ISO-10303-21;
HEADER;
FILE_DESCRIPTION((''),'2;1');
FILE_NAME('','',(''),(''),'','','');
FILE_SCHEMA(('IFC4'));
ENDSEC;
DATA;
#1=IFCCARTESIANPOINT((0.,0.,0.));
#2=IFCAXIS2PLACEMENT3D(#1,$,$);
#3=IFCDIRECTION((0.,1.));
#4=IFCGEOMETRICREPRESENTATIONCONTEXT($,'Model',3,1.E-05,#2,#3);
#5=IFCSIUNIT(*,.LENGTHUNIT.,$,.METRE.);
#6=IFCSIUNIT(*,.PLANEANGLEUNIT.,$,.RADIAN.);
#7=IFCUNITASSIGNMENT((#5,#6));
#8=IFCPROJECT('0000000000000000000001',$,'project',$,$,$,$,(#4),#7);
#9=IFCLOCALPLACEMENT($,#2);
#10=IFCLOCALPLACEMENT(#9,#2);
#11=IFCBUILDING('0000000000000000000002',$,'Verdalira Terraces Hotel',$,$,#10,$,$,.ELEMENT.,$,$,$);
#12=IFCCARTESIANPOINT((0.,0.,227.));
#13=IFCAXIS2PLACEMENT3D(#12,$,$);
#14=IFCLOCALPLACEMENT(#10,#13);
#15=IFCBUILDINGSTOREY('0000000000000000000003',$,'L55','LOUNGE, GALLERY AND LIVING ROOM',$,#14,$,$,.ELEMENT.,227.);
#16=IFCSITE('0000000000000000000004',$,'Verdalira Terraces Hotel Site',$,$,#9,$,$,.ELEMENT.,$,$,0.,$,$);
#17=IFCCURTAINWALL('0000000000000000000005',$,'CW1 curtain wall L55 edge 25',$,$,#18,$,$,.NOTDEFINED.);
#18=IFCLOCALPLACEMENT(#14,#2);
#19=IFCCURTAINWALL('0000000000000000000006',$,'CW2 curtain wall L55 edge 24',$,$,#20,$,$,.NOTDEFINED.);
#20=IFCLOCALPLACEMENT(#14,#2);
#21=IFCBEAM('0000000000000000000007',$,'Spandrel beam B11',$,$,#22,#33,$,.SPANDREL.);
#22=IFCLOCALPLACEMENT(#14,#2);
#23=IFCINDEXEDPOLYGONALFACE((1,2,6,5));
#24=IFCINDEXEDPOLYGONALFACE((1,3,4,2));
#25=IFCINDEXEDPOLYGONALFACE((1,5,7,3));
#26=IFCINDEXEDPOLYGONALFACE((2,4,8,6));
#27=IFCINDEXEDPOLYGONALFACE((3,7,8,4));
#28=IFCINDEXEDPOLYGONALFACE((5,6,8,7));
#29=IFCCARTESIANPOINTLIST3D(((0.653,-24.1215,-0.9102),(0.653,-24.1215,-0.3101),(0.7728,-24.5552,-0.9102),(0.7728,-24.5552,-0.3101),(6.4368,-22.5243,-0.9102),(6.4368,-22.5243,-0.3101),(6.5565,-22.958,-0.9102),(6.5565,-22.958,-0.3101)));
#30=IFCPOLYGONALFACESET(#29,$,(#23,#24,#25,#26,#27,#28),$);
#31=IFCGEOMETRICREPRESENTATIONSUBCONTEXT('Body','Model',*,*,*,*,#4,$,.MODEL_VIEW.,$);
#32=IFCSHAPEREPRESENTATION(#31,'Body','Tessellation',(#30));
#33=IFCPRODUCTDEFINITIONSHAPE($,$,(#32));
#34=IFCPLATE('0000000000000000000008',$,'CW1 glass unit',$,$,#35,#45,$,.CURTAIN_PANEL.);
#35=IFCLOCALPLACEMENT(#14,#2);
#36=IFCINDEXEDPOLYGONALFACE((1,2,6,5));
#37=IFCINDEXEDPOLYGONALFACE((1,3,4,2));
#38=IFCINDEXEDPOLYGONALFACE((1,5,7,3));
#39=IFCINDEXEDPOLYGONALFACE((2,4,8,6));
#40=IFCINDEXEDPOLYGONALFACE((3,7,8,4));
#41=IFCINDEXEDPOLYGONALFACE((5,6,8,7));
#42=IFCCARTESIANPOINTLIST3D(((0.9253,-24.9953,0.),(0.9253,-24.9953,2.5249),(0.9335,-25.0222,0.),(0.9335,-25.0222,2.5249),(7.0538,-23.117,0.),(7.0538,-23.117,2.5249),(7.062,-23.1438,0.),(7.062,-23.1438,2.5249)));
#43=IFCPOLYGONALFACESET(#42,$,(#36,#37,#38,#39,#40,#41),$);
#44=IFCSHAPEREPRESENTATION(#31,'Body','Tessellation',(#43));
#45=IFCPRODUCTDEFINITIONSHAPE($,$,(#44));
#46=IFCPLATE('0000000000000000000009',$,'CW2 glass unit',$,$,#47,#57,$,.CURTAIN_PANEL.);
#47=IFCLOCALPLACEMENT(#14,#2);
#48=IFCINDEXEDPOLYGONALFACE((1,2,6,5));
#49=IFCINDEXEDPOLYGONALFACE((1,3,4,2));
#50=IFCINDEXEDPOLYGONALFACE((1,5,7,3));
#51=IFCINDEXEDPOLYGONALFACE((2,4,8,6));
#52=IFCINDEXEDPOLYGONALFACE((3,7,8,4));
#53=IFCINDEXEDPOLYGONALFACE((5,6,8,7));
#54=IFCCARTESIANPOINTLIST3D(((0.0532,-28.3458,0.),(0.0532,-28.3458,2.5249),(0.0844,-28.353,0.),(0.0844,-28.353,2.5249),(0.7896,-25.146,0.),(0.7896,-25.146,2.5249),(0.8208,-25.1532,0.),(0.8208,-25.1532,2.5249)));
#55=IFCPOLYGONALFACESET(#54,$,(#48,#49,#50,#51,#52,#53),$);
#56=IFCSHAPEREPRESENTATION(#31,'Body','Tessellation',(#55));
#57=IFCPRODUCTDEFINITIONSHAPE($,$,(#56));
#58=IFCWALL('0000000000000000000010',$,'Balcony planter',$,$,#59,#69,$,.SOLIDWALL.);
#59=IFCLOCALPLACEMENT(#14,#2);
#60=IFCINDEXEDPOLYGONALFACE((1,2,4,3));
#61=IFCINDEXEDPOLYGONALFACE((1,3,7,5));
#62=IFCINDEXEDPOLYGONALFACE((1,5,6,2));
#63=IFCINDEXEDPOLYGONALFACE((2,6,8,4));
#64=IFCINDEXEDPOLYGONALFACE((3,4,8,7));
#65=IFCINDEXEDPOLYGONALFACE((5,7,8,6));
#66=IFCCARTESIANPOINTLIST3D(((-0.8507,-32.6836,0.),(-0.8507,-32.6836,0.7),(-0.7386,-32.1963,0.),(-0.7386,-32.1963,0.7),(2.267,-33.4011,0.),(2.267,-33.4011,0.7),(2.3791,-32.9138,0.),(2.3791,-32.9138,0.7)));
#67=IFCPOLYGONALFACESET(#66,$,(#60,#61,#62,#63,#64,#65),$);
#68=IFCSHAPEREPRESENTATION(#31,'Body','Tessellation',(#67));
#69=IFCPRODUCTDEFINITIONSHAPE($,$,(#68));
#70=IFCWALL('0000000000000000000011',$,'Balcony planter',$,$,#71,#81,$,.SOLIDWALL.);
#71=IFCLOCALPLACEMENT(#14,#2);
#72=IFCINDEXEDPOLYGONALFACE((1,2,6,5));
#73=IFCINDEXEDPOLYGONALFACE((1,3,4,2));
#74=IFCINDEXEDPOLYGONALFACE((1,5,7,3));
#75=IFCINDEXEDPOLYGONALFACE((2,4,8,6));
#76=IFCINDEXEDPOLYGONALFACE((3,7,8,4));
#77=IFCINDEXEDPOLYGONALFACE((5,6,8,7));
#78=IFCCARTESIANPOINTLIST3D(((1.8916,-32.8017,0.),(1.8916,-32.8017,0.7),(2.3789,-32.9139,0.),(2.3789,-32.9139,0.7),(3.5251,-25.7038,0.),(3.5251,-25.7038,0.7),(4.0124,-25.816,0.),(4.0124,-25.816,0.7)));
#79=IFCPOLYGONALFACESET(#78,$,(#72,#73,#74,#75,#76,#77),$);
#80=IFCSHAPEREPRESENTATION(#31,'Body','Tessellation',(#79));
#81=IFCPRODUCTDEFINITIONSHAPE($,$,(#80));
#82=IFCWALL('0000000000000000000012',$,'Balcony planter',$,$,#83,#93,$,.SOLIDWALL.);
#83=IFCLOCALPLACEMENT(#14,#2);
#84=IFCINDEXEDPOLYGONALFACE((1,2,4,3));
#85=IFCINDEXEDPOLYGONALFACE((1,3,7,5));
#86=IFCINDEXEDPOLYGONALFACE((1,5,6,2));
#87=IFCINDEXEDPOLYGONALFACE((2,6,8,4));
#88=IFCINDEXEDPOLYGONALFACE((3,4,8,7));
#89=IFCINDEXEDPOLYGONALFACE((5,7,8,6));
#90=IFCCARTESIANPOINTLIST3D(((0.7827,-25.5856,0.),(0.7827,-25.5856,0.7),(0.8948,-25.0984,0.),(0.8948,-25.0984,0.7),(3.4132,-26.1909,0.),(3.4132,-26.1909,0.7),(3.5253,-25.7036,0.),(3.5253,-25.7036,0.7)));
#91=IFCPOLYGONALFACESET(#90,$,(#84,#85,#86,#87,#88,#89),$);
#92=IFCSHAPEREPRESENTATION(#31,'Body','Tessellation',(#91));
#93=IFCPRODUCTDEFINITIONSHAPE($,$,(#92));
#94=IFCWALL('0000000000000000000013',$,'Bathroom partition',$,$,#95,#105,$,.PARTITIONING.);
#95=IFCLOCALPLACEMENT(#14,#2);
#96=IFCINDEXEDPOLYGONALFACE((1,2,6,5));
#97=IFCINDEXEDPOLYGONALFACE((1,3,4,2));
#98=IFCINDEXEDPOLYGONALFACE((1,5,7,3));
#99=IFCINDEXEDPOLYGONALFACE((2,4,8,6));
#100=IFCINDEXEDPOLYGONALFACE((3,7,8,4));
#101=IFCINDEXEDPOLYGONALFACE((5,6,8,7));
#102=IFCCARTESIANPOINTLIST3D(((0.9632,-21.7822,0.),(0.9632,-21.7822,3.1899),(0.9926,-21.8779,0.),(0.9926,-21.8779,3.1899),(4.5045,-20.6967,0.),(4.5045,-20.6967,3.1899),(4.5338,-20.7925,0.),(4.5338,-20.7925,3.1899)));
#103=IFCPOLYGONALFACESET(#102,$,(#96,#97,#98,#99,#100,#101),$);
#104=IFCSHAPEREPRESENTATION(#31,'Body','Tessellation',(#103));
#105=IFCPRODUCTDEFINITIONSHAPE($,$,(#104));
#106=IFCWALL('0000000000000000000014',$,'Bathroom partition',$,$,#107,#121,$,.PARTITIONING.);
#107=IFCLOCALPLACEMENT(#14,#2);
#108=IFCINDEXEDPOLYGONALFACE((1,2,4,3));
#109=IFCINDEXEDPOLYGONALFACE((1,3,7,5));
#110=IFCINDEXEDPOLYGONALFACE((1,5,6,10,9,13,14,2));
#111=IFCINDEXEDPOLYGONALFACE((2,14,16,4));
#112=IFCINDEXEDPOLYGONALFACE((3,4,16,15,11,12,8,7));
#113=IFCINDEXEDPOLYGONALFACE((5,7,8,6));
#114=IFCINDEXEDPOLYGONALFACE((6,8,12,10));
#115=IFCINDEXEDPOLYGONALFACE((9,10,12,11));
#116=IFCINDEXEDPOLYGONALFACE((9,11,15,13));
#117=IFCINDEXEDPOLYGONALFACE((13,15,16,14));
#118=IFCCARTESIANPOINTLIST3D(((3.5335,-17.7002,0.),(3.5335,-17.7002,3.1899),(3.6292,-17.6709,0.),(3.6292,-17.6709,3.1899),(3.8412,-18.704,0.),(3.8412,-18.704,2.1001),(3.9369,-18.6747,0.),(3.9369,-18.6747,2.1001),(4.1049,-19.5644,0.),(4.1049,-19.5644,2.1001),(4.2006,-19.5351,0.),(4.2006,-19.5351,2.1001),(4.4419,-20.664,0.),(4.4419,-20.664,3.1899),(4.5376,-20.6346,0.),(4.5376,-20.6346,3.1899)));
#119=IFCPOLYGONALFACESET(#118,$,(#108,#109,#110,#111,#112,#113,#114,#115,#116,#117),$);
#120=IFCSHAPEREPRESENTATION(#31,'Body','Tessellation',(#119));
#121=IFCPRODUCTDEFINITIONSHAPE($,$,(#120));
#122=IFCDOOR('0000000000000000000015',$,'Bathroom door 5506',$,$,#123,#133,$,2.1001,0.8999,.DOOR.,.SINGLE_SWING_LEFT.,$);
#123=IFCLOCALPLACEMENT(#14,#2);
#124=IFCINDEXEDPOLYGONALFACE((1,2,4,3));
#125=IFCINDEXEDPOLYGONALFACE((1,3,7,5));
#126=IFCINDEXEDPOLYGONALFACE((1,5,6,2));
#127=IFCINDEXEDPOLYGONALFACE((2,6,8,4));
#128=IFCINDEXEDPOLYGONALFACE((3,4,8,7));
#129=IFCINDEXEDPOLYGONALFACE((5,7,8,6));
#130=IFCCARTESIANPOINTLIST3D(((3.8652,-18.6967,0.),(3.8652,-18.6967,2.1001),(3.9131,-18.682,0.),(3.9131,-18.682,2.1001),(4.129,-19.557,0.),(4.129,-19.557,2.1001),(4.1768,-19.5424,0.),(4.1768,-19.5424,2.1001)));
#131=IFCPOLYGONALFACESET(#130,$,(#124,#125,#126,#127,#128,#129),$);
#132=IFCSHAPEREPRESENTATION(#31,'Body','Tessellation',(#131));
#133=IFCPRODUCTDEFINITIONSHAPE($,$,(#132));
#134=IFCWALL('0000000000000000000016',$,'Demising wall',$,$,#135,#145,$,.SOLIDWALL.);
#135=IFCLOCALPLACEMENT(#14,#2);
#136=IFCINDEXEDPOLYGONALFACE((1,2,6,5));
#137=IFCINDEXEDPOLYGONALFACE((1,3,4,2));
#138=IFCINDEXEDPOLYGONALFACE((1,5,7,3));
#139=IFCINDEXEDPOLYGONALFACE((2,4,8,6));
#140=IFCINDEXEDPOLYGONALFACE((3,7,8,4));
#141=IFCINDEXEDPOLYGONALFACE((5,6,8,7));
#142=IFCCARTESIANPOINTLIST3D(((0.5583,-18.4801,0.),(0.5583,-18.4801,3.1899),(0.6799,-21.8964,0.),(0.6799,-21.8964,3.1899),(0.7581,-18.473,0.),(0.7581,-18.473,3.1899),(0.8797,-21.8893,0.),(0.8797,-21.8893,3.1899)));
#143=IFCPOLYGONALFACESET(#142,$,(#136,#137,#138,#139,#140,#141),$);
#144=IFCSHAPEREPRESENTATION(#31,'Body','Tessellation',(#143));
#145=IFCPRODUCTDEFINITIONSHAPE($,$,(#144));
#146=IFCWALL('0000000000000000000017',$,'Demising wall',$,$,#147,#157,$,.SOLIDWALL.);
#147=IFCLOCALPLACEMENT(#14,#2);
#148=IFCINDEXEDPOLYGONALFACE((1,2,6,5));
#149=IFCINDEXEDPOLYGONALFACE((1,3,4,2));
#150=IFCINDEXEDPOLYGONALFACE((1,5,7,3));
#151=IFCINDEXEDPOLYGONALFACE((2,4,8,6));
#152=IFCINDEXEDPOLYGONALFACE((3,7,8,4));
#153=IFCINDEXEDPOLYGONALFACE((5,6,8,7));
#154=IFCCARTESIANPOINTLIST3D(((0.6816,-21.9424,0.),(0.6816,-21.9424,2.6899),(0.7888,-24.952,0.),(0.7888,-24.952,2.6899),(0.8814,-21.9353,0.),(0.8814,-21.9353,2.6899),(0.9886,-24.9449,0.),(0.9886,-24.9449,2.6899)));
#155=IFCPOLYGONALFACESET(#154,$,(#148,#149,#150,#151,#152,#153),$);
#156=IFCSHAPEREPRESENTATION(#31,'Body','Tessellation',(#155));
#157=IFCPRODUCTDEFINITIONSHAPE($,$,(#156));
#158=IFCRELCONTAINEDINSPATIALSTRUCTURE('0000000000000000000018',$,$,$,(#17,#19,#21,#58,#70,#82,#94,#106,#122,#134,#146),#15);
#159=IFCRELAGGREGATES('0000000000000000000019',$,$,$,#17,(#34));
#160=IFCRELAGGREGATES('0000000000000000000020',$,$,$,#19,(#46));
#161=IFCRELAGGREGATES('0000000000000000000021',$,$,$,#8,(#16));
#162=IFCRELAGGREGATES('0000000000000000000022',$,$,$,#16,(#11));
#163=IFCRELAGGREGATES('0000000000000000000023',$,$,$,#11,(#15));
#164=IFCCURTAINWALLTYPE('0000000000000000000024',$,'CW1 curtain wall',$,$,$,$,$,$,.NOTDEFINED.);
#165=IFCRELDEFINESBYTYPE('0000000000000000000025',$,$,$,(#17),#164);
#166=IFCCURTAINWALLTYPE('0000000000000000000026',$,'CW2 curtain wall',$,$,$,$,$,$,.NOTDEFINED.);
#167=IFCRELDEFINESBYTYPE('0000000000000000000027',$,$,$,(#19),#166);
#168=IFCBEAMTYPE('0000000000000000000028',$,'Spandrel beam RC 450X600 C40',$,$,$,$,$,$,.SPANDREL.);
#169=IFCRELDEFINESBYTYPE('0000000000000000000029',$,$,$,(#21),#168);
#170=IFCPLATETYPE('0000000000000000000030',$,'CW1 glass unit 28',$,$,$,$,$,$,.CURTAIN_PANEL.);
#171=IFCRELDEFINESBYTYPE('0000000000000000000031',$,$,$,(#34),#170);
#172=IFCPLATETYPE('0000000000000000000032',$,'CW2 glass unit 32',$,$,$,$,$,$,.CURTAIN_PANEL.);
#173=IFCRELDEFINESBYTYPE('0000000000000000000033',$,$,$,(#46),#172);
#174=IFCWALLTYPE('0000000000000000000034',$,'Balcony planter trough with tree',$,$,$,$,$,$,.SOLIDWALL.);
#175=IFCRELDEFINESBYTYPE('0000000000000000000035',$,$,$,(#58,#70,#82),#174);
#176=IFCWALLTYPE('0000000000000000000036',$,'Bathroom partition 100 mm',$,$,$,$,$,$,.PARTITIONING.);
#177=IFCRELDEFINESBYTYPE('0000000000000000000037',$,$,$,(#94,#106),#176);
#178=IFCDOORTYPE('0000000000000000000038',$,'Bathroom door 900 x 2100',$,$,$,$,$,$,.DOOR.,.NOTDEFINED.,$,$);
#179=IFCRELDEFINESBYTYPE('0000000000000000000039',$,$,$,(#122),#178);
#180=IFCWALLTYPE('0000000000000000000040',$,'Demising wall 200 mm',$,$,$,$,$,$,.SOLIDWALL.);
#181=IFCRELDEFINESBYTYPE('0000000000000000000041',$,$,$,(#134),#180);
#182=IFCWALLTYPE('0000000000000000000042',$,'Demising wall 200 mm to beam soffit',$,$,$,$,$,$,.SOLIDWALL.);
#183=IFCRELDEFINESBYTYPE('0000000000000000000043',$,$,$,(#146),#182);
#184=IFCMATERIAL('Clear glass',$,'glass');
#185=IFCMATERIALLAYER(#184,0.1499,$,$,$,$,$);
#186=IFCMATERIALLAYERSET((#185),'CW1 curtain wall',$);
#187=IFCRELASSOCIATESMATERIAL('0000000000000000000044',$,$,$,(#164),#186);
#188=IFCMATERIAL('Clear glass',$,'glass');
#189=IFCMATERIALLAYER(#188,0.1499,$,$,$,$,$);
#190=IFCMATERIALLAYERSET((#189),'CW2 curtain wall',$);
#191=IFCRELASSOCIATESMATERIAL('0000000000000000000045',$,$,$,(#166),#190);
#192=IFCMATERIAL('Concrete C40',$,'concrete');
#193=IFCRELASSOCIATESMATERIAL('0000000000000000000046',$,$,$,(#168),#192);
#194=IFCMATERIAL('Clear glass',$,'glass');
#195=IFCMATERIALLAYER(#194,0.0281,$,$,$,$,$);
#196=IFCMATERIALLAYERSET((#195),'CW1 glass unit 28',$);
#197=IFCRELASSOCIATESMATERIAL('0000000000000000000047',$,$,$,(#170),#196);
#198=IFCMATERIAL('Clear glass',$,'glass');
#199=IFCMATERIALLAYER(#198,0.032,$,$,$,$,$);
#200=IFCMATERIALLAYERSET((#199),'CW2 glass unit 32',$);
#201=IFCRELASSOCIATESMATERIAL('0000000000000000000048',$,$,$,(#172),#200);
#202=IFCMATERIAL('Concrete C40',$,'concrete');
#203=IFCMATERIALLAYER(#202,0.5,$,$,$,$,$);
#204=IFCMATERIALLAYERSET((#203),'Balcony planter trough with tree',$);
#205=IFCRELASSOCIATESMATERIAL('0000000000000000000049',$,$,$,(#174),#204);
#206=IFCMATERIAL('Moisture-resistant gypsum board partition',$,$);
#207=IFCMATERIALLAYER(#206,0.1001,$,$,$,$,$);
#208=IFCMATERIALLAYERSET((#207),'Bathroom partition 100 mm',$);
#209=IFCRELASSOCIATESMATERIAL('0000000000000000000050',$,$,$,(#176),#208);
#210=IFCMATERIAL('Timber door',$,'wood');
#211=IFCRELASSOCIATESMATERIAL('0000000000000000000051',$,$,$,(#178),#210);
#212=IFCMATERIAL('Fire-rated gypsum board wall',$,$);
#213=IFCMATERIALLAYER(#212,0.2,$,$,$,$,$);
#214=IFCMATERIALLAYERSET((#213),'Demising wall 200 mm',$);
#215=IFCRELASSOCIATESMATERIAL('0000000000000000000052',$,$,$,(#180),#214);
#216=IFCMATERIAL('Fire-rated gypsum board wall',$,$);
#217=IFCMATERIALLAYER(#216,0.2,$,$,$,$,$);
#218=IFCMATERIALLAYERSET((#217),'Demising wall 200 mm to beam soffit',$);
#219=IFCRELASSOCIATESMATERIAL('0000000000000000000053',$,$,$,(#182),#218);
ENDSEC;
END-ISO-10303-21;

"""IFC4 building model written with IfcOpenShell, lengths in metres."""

from ifc_helpers import new_model, si_unit, direction, frame, frame_2d, origin, origin_2d, place, context, subcontext, project, spatial, rectangle, extrude, material, layer, layer_set, material_profile, profile_set, type_object, element, fill, aggregate, save


model = new_model("IFC4")

# Units and contexts
model_context = context("Model", 3, precision=1e-05, world=origin(), true_north=direction((0.0, 1.0)))
body_context = subcontext(model_context, "Body", "Model", "MODEL_VIEW")
ifc_project = project(units=[si_unit("LENGTHUNIT", "METRE"), si_unit("PLANEANGLEUNIT", "RADIAN")], contexts=[model_context])

# Site, building, storey
site_placement = place(None, origin())
site = spatial("IfcSite", under=ifc_project, at=site_placement, Name="Verdalira Terraces Hotel Site", CompositionType="ELEMENT", RefElevation=0.0)
building_placement = place(site_placement, origin())
building = spatial("IfcBuilding", under=site, at=building_placement, Name="Verdalira Terraces Hotel", CompositionType="ELEMENT")
storey_placement = place(building_placement, frame((0.0, 0.0, 227.0)))
storey = spatial("IfcBuildingStorey", under=building, at=storey_placement, Name="L55", Description="LOUNGE, GALLERY AND LIVING ROOM", CompositionType="ELEMENT", Elevation=227.0)

# Curtain walls
ifc_material_1 = material(Name="Clear glass", Category="glass")
ifc_layer_1 = layer(ifc_material_1, 0.1499)
ifc_layer_set_1 = layer_set([ifc_layer_1], Name="CW1 curtain wall")
curtain_wall_type_1 = type_object("IfcCurtainWallType", Name="CW1 curtain wall", PredefinedType="NOTDEFINED", material=ifc_layer_set_1)
curtain_wall_1_placement = place(storey_placement, origin())
curtain_wall_1 = element("IfcCurtainWall", 1, at=curtain_wall_1_placement, inside=storey, type_object=curtain_wall_type_1, Name="CW1 curtain wall L55 edge 25", PredefinedType="NOTDEFINED")
ifc_material_2 = material(Name="Clear glass", Category="glass")
ifc_layer_2 = layer(ifc_material_2, 0.1499)
ifc_layer_set_2 = layer_set([ifc_layer_2], Name="CW2 curtain wall")
curtain_wall_type_2 = type_object("IfcCurtainWallType", Name="CW2 curtain wall", PredefinedType="NOTDEFINED", material=ifc_layer_set_2)
curtain_wall_2_placement = place(storey_placement, origin())
curtain_wall_2 = element("IfcCurtainWall", 2, at=curtain_wall_2_placement, inside=storey, type_object=curtain_wall_type_2, Name="CW2 curtain wall L55 edge 24", PredefinedType="NOTDEFINED")

# Beam
ifc_material_3 = material(Name="Concrete C40", Category="concrete")
ifc_material_profile_1 = material_profile(ifc_material_3, rectangle(XDim=0.45, YDim=0.6001, at=origin_2d()), Name="RC 450X600")
ifc_profile_set_1 = profile_set([ifc_material_profile_1], Name="Concrete C40")
beam_type_1 = type_object("IfcBeamType", Name="Spandrel beam RC 450X600 C40", PredefinedType="SPANDREL", material=ifc_profile_set_1)
beam_1_placement = place(storey_placement, frame((0.7129, -24.3384, -0.6101), z_axis=(0.963921, 0.266187, 0.0), x_axis=(-0.266187, 0.963921, 0.0)))
element("IfcBeam", 3, at=beam_1_placement, inside=storey, type_object=beam_type_1, Name="Spandrel beam B11", PredefinedType="SPANDREL", context=body_context, shape_type="SweptSolid", body=[
    extrude(rectangle(XDim=0.45, YDim=0.6001, at=origin_2d()), origin(), (0.0, 0.0, 1.0), 6.0002),
])

# Plates
ifc_material_4 = material(Name="Clear glass", Category="glass")
ifc_layer_3 = layer(ifc_material_4, 0.0281)
ifc_layer_set_3 = layer_set([ifc_layer_3], Name="CW1 glass unit 28")
plate_type_1 = type_object("IfcPlateType", Name="CW1 glass unit 28", PredefinedType="CURTAIN_PANEL", material=ifc_layer_set_3)
plate_1_placement = place(storey_placement, frame((3.9937, -24.0696, 0.0), z_axis=(0.0, 0.0, 1.0), x_axis=(0.9561, 0.293039, 0.0)))
plate_1 = element("IfcPlate", 4, at=plate_1_placement, type_object=plate_type_1, Name="CW1 glass unit", PredefinedType="CURTAIN_PANEL", context=body_context, shape_type="SweptSolid", body=[
    extrude(rectangle(XDim=6.4099, YDim=0.0281, at=origin_2d()), origin(), (0.0, 0.0, 1.0), 2.5249),
])
aggregate(curtain_wall_1, [plate_1])
ifc_material_5 = material(Name="Clear glass", Category="glass")
ifc_layer_4 = layer(ifc_material_5, 0.032)
ifc_layer_set_4 = layer_set([ifc_layer_4], Name="CW2 glass unit 32")
plate_type_2 = type_object("IfcPlateType", Name="CW2 glass unit 32", PredefinedType="CURTAIN_PANEL", material=ifc_layer_set_4)
plate_2_placement = place(storey_placement, frame((0.437, -26.7495, 0.0), z_axis=(0.0, 0.0, 1.0), x_axis=(0.224271, 0.974527, 0.0)))
plate_2 = element("IfcPlate", 5, at=plate_2_placement, type_object=plate_type_2, Name="CW2 glass unit", PredefinedType="CURTAIN_PANEL", context=body_context, shape_type="SweptSolid", body=[
    extrude(rectangle(XDim=3.2834, YDim=0.032, at=origin_2d()), origin(), (0.0, 0.0, 1.0), 2.5249),
])
aggregate(curtain_wall_2, [plate_2])

# Walls
ifc_material_6 = material(Name="Concrete C40", Category="concrete")
ifc_layer_5 = layer(ifc_material_6, 0.5)
ifc_layer_set_5 = layer_set([ifc_layer_5], Name="Balcony planter trough with tree")
wall_type_1 = type_object("IfcWallType", Name="Balcony planter trough with tree", PredefinedType="SOLIDWALL", material=ifc_layer_set_5)
wall_1_placement = place(storey_placement, frame((-0.7947, -32.4399, 0.0), z_axis=(0.0, 0.0, 1.0), x_axis=(0.974524, -0.224285, 0.0)))
element("IfcWall", 6, at=wall_1_placement, inside=storey, type_object=wall_type_1, Name="Balcony planter", PredefinedType="SOLIDWALL", context=body_context, shape_type="SweptSolid", body=[
    extrude(rectangle(XDim=3.1992, YDim=0.5, at=frame_2d((1.5996, 0.0))), origin(), (0.0, 0.0, 1.0), 0.7),
])
wall_2_placement = place(storey_placement, frame((2.1353, -32.8577, 0.0), z_axis=(0.0, 0.0, 1.0), x_axis=(0.224282, 0.974524, 0.0)))
element("IfcWall", 7, at=wall_2_placement, inside=storey, type_object=wall_type_1, Name="Balcony planter", PredefinedType="SOLIDWALL", context=body_context, shape_type="SweptSolid", body=[
    extrude(rectangle(XDim=7.2834, YDim=0.5, at=frame_2d((3.6416, 0.0))), origin(), (0.0, 0.0, 1.0), 0.7),
])
wall_3_placement = place(storey_placement, frame((3.4692, -25.9473, 0.0), z_axis=(0.0, 0.0, 1.0), x_axis=(-0.974536, 0.224232, 0.0)))
element("IfcWall", 8, at=wall_3_placement, inside=storey, type_object=wall_type_1, Name="Balcony planter", PredefinedType="SOLIDWALL", context=body_context, shape_type="SweptSolid", body=[
    extrude(rectangle(XDim=2.6992, YDim=0.5, at=frame_2d((1.3496, 0.0))), origin(), (0.0, 0.0, 1.0), 0.7),
])
ifc_material_7 = material(Name="Moisture-resistant gypsum board partition")
ifc_layer_6 = layer(ifc_material_7, 0.1001)
ifc_layer_set_6 = layer_set([ifc_layer_6], Name="Bathroom partition 100 mm")
wall_type_2 = type_object("IfcWallType", Name="Bathroom partition 100 mm", PredefinedType="PARTITIONING", material=ifc_layer_set_6)
wall_4_placement = place(storey_placement, frame((0.9778, -21.8301, 0.0), z_axis=(0.0, 0.0, 1.0), x_axis=(0.956095, 0.293057, 0.0)))
element("IfcWall", 9, at=wall_4_placement, inside=storey, type_object=wall_type_2, Name="Bathroom partition", PredefinedType="PARTITIONING", context=body_context, shape_type="SweptSolid", body=[
    extrude(rectangle(XDim=3.7039, YDim=0.1001, at=frame_2d((1.8521, 0.0))), origin(), (0.0, 0.0, 1.0), 3.1899),
])

# Wall, opening, door
wall_5_placement = place(storey_placement, frame((4.4897, -20.6492, 0.0), z_axis=(0.0, 0.0, 1.0), x_axis=(-0.293051, 0.956097, 0.0)))
wall_5 = element("IfcWall", 10, at=wall_5_placement, inside=storey, type_object=wall_type_2, Name="Bathroom partition", PredefinedType="PARTITIONING", context=body_context, shape_type="SweptSolid", body=[
    extrude(rectangle(XDim=3.0999, YDim=0.1001, at=frame_2d((1.5498, 0.0))), origin(), (0.0, 0.0, 1.0), 3.1899),
])
opening_1_placement = place(wall_5_placement, frame((1.1499, 0.0, 0.0)))
opening_1 = element("IfcOpeningElement", 11, at=opening_1_placement, cuts=wall_5, PredefinedType="OPENING", context=body_context, shape_type="SweptSolid", body=[
    extrude(rectangle(XDim=0.8999, YDim=2.1001, at=frame_2d((0.45, 1.05))), frame((0.0, 0.0601, 0.0), z_axis=(0.0, -1.0, 0.0), x_axis=(1.0, 0.0, 0.0)), (0.0, 0.0, 1.0), 0.1201),
])
ifc_material_8 = material(Name="Timber door", Category="wood")
door_type_1 = type_object("IfcDoorType", Name="Bathroom door 900 x 2100", OperationType="NOTDEFINED", PredefinedType="DOOR", material=ifc_material_8)
door_1_placement = place(opening_1_placement, origin())
door_1 = element("IfcDoor", 12, at=door_1_placement, inside=storey, type_object=door_type_1, Name="Bathroom door 5506", OperationType="SINGLE_SWING_LEFT", OverallHeight=2.1001, OverallWidth=0.8999, PredefinedType="DOOR", context=body_context, shape_type="SweptSolid", body=[
    extrude(rectangle(XDim=0.8999, YDim=2.1001, at=frame_2d((0.45, 1.05))), frame((0.0, 0.0249, 0.0), z_axis=(0.0, -1.0, 0.0), x_axis=(1.0, 0.0, 0.0)), (0.0, 0.0, 1.0), 0.05),
])
fill(opening_1, door_1)

# Walls
ifc_material_9 = material(Name="Fire-rated gypsum board wall")
ifc_layer_7 = layer(ifc_material_9, 0.2)
ifc_layer_set_7 = layer_set([ifc_layer_7], Name="Demising wall 200 mm")
wall_type_3 = type_object("IfcWallType", Name="Demising wall 200 mm", PredefinedType="SOLIDWALL", material=ifc_layer_set_7)
wall_6_placement = place(storey_placement, frame((0.6582, -18.4766, 0.0), z_axis=(0.0, 0.0, 1.0), x_axis=(0.035567, -0.999367, 0.0)))
element("IfcWall", 13, at=wall_6_placement, inside=storey, type_object=wall_type_3, Name="Demising wall", PredefinedType="SOLIDWALL", context=body_context, shape_type="SweptSolid", body=[
    extrude(rectangle(XDim=3.4185, YDim=0.2, at=frame_2d((1.7092, 0.0))), origin(), (0.0, 0.0, 1.0), 3.1899),
])
ifc_material_10 = material(Name="Fire-rated gypsum board wall")
ifc_layer_8 = layer(ifc_material_10, 0.2)
ifc_layer_set_8 = layer_set([ifc_layer_8], Name="Demising wall 200 mm to beam soffit")
wall_type_4 = type_object("IfcWallType", Name="Demising wall 200 mm to beam soffit", PredefinedType="SOLIDWALL", material=ifc_layer_set_8)
wall_7_placement = place(storey_placement, frame((0.7815, -21.9387, 0.0), z_axis=(0.0, 0.0, 1.0), x_axis=(0.03559, -0.999366, 0.0)))
element("IfcWall", 14, at=wall_7_placement, inside=storey, type_object=wall_type_4, Name="Demising wall", PredefinedType="SOLIDWALL", context=body_context, shape_type="SweptSolid", body=[
    extrude(rectangle(XDim=3.0115, YDim=0.2, at=frame_2d((1.5059, 0.0))), origin(), (0.0, 0.0, 1.0), 2.6899),
])

save(model, "model.ifc")
